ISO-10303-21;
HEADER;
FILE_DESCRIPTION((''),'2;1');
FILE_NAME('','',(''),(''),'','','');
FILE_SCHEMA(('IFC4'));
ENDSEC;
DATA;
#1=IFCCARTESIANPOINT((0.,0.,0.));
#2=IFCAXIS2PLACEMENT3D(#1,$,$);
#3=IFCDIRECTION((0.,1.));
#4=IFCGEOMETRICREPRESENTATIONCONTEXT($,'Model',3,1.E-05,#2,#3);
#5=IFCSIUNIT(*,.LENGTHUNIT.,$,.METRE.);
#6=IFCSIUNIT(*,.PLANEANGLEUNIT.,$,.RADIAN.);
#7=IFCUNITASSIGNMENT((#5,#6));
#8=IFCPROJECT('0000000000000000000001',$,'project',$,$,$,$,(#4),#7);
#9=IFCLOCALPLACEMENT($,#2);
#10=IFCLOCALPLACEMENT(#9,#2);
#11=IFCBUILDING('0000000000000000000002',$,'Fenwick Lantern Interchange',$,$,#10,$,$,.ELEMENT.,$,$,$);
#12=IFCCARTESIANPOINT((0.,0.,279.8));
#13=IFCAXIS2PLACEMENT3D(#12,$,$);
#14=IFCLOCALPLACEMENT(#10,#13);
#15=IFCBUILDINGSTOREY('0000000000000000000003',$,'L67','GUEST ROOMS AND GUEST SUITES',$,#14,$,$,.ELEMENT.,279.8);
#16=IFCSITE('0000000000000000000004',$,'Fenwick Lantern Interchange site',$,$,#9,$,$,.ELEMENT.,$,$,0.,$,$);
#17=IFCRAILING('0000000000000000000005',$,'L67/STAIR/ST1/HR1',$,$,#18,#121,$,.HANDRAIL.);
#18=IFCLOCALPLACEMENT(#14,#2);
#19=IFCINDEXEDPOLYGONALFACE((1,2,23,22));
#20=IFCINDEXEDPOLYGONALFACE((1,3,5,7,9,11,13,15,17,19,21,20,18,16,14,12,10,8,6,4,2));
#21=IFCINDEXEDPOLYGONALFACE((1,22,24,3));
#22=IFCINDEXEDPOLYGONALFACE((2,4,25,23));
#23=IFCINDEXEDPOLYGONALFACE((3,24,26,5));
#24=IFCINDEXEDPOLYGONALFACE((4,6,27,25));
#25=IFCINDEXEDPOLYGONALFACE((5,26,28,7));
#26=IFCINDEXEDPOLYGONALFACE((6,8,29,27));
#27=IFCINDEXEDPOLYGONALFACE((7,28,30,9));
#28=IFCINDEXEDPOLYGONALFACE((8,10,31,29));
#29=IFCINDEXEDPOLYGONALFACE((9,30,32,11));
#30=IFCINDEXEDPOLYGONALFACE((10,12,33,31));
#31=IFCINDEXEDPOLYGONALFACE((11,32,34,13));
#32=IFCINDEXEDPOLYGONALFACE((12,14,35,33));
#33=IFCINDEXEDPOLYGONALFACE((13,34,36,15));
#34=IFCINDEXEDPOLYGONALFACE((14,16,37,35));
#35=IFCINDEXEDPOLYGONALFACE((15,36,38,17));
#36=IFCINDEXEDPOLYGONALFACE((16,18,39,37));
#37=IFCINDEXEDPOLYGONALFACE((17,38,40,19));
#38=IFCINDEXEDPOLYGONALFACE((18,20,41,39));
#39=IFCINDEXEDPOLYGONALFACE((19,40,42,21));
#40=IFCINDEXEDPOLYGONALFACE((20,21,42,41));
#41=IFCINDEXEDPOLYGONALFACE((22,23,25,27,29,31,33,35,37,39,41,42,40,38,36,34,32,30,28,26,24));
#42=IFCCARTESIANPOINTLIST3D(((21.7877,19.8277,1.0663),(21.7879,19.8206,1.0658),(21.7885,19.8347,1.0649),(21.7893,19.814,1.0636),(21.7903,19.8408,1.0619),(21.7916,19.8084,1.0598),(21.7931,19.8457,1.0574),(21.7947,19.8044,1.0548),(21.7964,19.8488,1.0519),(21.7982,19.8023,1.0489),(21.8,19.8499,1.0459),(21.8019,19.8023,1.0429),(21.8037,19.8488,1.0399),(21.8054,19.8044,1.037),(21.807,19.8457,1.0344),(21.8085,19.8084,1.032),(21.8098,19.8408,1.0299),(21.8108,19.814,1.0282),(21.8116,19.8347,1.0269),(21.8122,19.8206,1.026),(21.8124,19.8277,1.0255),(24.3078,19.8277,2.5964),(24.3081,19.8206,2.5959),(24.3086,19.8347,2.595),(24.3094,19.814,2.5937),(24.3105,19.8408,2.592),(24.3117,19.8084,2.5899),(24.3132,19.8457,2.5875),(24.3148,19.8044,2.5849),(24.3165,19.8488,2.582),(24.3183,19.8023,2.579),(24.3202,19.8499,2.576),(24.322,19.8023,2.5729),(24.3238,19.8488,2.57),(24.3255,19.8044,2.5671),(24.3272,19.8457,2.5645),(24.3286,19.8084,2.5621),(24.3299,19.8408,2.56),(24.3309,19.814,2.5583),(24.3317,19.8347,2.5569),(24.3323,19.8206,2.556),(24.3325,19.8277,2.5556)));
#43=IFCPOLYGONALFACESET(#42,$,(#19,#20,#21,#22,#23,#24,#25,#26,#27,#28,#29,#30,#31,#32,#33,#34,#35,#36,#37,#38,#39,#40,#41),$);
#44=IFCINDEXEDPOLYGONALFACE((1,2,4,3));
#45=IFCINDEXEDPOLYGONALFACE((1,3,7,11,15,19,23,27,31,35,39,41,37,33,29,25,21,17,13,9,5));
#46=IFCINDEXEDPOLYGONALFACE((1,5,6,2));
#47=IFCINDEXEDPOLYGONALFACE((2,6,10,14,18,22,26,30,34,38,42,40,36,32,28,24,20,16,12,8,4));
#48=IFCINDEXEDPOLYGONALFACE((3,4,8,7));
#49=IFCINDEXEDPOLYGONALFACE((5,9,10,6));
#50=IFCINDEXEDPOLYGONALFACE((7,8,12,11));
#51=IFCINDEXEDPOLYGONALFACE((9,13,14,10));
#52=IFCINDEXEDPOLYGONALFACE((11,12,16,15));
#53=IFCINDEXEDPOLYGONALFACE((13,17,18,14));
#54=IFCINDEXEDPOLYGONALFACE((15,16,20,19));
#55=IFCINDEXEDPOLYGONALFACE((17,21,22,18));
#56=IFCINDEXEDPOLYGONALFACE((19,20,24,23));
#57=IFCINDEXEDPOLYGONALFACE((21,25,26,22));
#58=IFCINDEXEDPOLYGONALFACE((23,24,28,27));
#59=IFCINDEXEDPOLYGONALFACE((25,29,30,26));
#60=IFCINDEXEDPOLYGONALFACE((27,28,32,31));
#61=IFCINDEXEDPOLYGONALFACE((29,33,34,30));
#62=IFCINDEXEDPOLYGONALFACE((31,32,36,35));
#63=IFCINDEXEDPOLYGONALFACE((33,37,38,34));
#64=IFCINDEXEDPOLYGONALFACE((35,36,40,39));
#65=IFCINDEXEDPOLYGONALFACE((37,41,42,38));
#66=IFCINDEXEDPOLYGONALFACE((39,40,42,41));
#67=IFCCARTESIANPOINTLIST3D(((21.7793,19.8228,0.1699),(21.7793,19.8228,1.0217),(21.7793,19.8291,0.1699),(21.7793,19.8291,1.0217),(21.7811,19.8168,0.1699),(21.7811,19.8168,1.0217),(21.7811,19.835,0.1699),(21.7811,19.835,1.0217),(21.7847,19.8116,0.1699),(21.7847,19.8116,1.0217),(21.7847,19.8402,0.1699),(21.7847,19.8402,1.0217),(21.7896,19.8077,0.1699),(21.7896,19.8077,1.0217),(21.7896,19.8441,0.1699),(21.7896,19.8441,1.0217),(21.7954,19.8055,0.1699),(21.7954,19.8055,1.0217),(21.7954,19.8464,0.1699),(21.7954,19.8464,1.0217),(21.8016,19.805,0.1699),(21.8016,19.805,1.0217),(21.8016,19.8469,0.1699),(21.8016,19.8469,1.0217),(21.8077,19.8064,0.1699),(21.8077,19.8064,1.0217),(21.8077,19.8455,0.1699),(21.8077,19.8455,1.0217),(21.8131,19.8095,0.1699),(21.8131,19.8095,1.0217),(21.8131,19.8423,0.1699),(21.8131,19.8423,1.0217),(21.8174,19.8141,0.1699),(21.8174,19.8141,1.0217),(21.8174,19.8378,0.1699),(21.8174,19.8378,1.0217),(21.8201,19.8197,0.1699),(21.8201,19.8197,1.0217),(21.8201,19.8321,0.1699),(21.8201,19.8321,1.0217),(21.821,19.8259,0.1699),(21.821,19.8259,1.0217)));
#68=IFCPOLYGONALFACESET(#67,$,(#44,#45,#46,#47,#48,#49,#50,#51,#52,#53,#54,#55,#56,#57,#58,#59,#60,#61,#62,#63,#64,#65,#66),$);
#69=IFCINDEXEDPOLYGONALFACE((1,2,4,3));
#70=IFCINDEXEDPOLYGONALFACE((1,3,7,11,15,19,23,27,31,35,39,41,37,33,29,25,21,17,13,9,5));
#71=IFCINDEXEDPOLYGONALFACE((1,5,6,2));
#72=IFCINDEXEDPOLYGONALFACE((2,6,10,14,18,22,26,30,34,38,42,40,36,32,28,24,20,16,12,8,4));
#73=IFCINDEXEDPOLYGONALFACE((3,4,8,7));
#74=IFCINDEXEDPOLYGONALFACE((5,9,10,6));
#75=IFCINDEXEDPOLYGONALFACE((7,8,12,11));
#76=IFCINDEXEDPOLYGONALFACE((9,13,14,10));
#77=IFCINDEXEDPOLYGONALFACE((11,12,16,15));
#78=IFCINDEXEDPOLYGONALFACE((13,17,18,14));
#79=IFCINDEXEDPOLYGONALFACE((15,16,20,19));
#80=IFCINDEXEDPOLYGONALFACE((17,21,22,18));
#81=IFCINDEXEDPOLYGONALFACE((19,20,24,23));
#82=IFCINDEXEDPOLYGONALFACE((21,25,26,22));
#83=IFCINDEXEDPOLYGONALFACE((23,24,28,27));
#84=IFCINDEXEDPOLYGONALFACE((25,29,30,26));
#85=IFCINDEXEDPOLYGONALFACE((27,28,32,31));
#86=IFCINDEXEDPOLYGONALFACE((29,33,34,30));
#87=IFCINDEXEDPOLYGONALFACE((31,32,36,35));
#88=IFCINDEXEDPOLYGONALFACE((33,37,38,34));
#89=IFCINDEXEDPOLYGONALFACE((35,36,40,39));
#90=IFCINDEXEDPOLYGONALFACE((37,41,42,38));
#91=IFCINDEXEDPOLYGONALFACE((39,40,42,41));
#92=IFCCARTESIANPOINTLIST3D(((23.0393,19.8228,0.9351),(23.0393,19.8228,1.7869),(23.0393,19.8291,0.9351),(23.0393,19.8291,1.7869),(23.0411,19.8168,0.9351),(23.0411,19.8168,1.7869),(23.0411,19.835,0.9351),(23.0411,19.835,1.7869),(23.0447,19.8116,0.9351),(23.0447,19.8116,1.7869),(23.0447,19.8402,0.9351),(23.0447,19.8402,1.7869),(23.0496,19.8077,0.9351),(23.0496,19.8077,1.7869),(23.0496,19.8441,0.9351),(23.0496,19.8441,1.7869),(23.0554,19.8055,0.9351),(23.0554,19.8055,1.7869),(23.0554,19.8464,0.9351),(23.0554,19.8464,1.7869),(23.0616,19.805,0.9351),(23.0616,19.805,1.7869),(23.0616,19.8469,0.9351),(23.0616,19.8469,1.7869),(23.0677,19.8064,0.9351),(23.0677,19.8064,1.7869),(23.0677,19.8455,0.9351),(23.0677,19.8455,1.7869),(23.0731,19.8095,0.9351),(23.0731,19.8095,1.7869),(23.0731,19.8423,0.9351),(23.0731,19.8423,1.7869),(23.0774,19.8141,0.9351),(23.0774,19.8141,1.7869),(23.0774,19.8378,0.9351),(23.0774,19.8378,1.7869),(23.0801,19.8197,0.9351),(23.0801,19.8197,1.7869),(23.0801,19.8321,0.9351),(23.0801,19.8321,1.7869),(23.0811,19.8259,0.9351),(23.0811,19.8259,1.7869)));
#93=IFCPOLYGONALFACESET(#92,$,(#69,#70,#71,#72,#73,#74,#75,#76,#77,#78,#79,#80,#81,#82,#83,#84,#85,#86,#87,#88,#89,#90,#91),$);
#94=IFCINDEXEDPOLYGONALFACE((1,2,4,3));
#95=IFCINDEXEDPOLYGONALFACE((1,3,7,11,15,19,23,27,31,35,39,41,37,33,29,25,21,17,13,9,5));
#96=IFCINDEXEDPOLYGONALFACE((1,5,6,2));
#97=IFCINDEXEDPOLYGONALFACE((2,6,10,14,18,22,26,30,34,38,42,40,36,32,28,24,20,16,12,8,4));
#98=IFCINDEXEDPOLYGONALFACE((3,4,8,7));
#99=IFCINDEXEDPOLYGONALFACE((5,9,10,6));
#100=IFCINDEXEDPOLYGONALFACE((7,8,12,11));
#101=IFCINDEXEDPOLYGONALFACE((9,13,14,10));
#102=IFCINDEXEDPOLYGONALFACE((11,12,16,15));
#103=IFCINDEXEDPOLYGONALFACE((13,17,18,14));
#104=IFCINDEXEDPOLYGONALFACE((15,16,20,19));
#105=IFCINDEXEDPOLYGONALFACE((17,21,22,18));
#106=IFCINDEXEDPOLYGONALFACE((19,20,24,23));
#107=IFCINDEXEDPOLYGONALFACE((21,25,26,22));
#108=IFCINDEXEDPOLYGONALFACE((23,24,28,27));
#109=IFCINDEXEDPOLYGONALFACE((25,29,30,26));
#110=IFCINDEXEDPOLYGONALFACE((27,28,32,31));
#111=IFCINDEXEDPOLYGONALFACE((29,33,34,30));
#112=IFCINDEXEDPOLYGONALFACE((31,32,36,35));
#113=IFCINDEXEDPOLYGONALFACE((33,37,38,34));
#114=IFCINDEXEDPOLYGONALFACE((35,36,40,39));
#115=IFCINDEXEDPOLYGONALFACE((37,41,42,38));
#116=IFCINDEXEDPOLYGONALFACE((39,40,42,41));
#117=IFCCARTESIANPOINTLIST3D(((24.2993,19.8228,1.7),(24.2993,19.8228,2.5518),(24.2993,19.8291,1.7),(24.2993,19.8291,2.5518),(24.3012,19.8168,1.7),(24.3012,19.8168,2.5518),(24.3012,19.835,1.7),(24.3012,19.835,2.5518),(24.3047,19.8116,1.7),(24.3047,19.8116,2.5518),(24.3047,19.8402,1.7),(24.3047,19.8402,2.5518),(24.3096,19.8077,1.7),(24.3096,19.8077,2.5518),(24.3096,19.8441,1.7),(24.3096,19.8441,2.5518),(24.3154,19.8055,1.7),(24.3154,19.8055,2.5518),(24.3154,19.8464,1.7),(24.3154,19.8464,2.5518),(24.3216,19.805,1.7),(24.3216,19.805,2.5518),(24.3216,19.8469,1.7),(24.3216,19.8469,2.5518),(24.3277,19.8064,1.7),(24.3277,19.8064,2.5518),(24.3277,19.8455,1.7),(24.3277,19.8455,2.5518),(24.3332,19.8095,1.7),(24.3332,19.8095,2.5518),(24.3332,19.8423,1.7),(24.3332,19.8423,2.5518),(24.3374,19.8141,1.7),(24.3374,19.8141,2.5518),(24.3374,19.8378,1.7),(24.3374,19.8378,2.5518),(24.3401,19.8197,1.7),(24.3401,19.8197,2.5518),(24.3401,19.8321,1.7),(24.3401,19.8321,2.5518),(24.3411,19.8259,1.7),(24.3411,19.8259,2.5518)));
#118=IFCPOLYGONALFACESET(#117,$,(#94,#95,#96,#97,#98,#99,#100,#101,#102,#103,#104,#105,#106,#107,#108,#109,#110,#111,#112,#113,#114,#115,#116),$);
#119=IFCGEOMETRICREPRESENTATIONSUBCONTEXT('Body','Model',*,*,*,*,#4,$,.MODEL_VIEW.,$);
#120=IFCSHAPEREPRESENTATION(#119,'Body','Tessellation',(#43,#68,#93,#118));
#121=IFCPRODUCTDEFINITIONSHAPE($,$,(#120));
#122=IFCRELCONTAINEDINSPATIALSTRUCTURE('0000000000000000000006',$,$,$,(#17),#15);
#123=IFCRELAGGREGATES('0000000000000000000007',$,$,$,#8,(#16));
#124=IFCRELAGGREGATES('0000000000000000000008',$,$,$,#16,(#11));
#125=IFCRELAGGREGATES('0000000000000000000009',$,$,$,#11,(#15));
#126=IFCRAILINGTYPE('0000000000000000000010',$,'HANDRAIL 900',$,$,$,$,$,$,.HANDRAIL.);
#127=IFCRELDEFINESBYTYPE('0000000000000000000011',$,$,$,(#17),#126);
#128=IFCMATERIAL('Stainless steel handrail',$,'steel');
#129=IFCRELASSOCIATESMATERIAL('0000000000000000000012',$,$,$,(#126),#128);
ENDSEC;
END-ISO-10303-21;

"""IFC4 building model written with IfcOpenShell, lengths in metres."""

from ifc_helpers import new_model, si_unit, direction, frame, origin, origin_2d, place, context, subcontext, project, spatial, circle, extrude, material, type_object, element, save


model = new_model("IFC4")

# Units and contexts
model_context = context("Model", 3, precision=1e-05, world=origin(), true_north=direction((0.0, 1.0)))
body_context = subcontext(model_context, "Body", "Model", "MODEL_VIEW")
ifc_project = project(units=[si_unit("LENGTHUNIT", "METRE"), si_unit("PLANEANGLEUNIT", "RADIAN")], contexts=[model_context])

# Site, building, storey
site_placement = place(None, origin())
site = spatial("IfcSite", under=ifc_project, at=site_placement, Name="Fenwick Lantern Interchange site", CompositionType="ELEMENT", RefElevation=0.0)
building_placement = place(site_placement, origin())
building = spatial("IfcBuilding", under=site, at=building_placement, Name="Fenwick Lantern Interchange", CompositionType="ELEMENT")
storey_placement = place(building_placement, frame((0.0, 0.0, 279.8)))
storey = spatial("IfcBuildingStorey", under=building, at=storey_placement, Name="L67", Description="GUEST ROOMS AND GUEST SUITES", CompositionType="ELEMENT", Elevation=279.8)

# Railing
ifc_material_1 = material(Name="Stainless steel handrail", Category="steel")
railing_type = type_object("IfcRailingType", Name="HANDRAIL 900", PredefinedType="HANDRAIL", material=ifc_material_1)
railing_1_placement = place(storey_placement, frame((21.8, 19.8259, 0.1699)))
element("IfcRailing", 1, at=railing_1_placement, inside=storey, type_object=railing_type, Name="L67/STAIR/ST1/HR1", PredefinedType="HANDRAIL", context=body_context, shape_type="SweptSolid", body=[
    extrude(circle(Radius=0.0239, at=origin_2d()), frame((0.0, 0.0, 0.876), z_axis=(0.854785, 0.0, 0.518982), x_axis=(0.0, 1.0, 0.0)), (0.0, 0.0, 1.0), 2.9482),
    extrude(circle(Radius=0.021, at=origin_2d()), origin(), (0.0, 0.0, 1.0), 0.8518),
    extrude(circle(Radius=0.021, at=origin_2d()), frame((1.26, 0.0, 0.7651)), (0.0, 0.0, 1.0), 0.8518),
    extrude(circle(Radius=0.021, at=origin_2d()), frame((2.52, 0.0, 1.53)), (0.0, 0.0, 1.0), 0.8518),
])

save(model, "model.ifc")
